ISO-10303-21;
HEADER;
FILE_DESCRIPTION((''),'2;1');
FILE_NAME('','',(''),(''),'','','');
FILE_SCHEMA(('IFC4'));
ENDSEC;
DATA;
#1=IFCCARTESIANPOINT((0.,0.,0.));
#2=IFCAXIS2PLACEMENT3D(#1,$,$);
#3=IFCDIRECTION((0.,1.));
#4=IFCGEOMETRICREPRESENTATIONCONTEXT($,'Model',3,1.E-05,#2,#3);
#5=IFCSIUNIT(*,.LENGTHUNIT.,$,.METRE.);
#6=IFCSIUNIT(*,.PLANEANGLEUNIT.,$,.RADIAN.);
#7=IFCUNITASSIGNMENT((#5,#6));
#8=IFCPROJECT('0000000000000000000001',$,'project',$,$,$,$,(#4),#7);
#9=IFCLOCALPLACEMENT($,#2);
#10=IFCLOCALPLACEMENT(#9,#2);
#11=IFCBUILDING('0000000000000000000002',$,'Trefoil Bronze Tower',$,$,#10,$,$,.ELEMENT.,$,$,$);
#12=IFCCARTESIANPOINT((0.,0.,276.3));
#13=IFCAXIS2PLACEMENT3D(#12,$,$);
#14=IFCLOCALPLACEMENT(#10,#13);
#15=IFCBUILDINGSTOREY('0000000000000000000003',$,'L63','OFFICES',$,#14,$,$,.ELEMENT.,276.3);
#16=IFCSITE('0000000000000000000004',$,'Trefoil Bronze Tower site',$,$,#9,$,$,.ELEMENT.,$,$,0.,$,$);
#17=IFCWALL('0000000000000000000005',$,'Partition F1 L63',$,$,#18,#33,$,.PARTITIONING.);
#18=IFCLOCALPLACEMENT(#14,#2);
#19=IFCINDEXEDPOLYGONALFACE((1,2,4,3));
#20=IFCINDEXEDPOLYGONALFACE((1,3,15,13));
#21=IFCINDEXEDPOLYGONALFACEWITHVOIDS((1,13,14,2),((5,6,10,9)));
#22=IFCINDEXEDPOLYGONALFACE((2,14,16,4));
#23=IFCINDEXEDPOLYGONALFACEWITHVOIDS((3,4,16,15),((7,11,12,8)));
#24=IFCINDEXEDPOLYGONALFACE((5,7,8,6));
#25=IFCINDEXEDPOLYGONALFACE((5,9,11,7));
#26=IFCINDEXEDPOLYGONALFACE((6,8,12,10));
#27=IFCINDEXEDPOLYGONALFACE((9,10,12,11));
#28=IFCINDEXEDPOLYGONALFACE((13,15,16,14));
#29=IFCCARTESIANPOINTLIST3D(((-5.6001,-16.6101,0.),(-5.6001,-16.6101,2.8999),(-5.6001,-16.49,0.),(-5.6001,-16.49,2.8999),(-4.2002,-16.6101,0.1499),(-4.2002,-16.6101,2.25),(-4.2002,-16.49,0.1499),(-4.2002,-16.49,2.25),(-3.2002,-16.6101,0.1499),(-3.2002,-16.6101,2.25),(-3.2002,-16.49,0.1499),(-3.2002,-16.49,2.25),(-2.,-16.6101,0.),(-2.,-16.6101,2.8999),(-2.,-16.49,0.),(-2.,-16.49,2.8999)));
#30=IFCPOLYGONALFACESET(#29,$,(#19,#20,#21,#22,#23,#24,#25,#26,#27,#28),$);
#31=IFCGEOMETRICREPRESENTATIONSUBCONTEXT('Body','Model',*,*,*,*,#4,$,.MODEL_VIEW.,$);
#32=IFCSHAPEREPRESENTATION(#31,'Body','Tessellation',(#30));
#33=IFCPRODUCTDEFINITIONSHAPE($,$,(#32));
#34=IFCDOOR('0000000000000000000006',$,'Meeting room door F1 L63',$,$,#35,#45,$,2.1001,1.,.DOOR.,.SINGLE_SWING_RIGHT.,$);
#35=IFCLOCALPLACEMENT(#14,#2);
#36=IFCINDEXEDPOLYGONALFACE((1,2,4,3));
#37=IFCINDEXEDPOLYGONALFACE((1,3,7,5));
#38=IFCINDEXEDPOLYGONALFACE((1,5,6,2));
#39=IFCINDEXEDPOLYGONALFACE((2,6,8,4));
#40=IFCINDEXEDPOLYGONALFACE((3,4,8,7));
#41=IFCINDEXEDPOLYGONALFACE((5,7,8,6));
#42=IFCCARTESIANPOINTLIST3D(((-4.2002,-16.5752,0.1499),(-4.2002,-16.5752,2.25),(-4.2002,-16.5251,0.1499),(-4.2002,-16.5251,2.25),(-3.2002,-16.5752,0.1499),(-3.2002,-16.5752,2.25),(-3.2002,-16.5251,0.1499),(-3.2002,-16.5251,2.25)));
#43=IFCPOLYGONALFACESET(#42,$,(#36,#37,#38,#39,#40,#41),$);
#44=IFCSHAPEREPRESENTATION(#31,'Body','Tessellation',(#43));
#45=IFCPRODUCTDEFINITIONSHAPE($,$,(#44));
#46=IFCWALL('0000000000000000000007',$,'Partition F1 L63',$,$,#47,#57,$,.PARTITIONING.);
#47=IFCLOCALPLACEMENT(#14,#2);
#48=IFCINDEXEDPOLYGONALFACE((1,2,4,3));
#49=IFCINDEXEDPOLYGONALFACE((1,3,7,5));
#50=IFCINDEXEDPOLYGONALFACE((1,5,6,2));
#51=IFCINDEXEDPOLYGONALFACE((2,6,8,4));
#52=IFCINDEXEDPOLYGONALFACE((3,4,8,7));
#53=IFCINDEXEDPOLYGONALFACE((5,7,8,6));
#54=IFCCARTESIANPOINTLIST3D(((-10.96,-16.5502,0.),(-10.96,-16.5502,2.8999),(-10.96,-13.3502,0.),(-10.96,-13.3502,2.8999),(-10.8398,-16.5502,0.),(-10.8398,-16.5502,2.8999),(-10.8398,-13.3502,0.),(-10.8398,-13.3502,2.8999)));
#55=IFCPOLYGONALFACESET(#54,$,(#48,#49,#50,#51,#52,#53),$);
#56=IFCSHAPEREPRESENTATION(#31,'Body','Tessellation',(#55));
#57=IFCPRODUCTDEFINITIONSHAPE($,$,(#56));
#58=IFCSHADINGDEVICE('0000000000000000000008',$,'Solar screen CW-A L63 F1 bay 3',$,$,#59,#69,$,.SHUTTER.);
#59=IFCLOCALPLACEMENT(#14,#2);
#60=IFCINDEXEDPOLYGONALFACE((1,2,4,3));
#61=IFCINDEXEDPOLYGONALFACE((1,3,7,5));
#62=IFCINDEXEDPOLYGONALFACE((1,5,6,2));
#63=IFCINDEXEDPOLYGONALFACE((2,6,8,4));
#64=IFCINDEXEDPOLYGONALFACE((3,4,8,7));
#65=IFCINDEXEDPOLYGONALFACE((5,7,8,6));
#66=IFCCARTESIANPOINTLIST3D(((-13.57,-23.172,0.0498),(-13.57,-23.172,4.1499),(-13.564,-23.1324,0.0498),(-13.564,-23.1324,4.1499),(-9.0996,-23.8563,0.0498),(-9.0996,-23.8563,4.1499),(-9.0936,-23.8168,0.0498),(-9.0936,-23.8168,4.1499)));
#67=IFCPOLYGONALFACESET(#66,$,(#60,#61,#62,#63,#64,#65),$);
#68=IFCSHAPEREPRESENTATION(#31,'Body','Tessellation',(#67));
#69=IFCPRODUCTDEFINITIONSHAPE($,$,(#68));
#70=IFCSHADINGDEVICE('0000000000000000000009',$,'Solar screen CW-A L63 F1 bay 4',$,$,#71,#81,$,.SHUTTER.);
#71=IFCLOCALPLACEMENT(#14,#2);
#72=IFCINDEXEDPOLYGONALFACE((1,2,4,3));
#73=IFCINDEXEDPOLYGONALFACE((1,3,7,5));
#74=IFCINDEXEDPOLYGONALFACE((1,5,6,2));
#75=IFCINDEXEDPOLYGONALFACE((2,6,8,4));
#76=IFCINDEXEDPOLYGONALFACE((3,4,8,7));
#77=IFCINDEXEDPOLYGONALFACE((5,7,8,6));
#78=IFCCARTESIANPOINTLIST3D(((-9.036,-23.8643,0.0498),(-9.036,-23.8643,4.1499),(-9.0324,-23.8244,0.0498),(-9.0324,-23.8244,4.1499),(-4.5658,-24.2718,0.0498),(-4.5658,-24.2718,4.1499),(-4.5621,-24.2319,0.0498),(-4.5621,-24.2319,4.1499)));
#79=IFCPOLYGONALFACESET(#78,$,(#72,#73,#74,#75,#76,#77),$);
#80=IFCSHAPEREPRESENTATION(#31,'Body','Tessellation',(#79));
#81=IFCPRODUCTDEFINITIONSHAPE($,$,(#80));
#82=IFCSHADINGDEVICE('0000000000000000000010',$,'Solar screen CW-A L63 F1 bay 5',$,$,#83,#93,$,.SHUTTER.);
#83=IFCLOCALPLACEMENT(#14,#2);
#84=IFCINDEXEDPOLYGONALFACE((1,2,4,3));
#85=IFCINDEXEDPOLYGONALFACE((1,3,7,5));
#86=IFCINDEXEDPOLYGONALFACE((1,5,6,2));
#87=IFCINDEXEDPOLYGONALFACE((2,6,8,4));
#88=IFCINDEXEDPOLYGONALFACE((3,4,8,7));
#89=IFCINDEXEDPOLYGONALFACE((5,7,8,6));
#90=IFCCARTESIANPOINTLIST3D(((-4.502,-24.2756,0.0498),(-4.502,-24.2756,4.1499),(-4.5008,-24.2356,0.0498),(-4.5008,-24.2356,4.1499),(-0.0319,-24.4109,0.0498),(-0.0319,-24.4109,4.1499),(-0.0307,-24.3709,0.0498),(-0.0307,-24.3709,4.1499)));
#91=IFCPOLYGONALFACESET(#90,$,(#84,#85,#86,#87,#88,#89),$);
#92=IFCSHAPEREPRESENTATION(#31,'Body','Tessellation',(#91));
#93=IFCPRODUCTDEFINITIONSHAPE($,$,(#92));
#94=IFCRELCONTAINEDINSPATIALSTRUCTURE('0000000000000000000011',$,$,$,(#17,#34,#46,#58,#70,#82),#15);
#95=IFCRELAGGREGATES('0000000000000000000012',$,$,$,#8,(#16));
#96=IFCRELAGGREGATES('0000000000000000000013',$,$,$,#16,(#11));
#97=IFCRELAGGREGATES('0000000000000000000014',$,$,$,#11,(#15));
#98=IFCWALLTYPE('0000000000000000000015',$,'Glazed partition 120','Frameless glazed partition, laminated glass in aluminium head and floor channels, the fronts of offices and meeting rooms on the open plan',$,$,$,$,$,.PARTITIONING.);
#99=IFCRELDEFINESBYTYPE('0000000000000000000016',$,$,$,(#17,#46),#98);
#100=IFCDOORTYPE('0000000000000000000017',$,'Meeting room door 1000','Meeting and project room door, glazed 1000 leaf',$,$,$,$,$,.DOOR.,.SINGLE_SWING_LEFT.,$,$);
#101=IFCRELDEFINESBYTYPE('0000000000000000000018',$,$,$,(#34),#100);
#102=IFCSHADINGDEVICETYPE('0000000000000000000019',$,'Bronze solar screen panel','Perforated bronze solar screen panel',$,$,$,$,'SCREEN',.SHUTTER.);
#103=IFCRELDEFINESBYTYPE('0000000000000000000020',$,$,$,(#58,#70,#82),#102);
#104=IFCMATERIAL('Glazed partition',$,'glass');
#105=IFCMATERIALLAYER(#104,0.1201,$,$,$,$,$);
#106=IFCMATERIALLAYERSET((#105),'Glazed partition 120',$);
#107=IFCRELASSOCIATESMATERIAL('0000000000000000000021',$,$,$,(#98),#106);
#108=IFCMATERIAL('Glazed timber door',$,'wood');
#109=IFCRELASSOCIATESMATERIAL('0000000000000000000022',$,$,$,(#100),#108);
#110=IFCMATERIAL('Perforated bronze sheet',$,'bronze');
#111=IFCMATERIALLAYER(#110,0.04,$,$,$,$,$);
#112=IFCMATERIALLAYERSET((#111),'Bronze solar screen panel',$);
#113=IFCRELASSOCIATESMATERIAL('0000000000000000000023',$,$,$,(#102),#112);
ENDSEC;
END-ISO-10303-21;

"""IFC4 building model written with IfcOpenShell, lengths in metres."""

from ifc_helpers import new_model, si_unit, direction, frame, frame_2d, origin, origin_2d, place, context, subcontext, project, spatial, rectangle, extrude, material, layer, layer_set, type_object, element, fill, save


model = new_model("IFC4")

# Units and contexts
model_context = context("Model", 3, precision=1e-05, world=origin(), true_north=direction((0.0, 1.0)))
body_context = subcontext(model_context, "Body", "Model", "MODEL_VIEW")
ifc_project = project(units=[si_unit("LENGTHUNIT", "METRE"), si_unit("PLANEANGLEUNIT", "RADIAN")], contexts=[model_context])

# Site, building, storey
site_placement = place(None, origin())
site = spatial("IfcSite", under=ifc_project, at=site_placement, Name="Trefoil Bronze Tower site", CompositionType="ELEMENT", RefElevation=0.0)
building_placement = place(site_placement, origin())
building = spatial("IfcBuilding", under=site, at=building_placement, Name="Trefoil Bronze Tower", CompositionType="ELEMENT")
storey_placement = place(building_placement, frame((0.0, 0.0, 276.3)))
storey = spatial("IfcBuildingStorey", under=building, at=storey_placement, Name="L63", Description="OFFICES", CompositionType="ELEMENT", Elevation=276.3)

# Wall, opening, door
ifc_material_1 = material(Name="Glazed partition", Category="glass")
ifc_layer_1 = layer(ifc_material_1, 0.1201)
ifc_layer_set_1 = layer_set([ifc_layer_1], Name="Glazed partition 120")
wall_type = type_object("IfcWallType", Name="Glazed partition 120", Description="Frameless glazed partition, laminated glass in aluminium head and floor channels, the fronts of offices and meeting rooms on the open plan", PredefinedType="PARTITIONING", material=ifc_layer_set_1)
wall_1_placement = place(storey_placement, frame((-5.6001, -16.55, 0.0), z_axis=(0.0, 0.0, 1.0), x_axis=(1.0, 0.0, 0.0)))
wall_1 = element("IfcWall", 1, at=wall_1_placement, inside=storey, type_object=wall_type, Name="Partition F1 L63", PredefinedType="PARTITIONING", context=body_context, shape_type="SweptSolid", body=[
    extrude(rectangle(XDim=3.6001, YDim=0.1201, at=frame_2d((1.8, 0.0))), origin(), (0.0, 0.0, 1.0), 2.8999),
])
opening_1_placement = place(wall_1_placement, frame((1.3999, 0.0, 0.1499)))
opening_1 = element("IfcOpeningElement", 2, at=opening_1_placement, cuts=wall_1, PredefinedType="OPENING", context=body_context, shape_type="SweptSolid", body=[
    extrude(rectangle(XDim=1.0, YDim=2.1001, at=frame_2d((0.5, 1.05))), frame((0.0, 0.0701, 0.0), z_axis=(0.0, -1.0, 0.0), x_axis=(1.0, 0.0, 0.0)), (0.0, 0.0, 1.0), 0.1401),
])
ifc_material_2 = material(Name="Glazed timber door", Category="wood")
door_type_1 = type_object("IfcDoorType", Name="Meeting room door 1000", Description="Meeting and project room door, glazed 1000 leaf", OperationType="SINGLE_SWING_LEFT", PredefinedType="DOOR", material=ifc_material_2)
door_1_placement = place(opening_1_placement, origin())
door_1 = element("IfcDoor", 3, at=door_1_placement, inside=storey, type_object=door_type_1, Name="Meeting room door F1 L63", OperationType="SINGLE_SWING_RIGHT", OverallHeight=2.1001, OverallWidth=1.0, PredefinedType="DOOR", context=body_context, shape_type="SweptSolid", body=[
    extrude(rectangle(XDim=1.0, YDim=2.1001, at=frame_2d((0.5, 1.05))), frame((0.0, 0.0249, 0.0), z_axis=(0.0, -1.0, 0.0), x_axis=(1.0, 0.0, 0.0)), (0.0, 0.0, 1.0), 0.05),
])
fill(opening_1, door_1)

# Wall
wall_2_placement = place(storey_placement, frame((-10.8999, -13.3501, 0.0), z_axis=(0.0, 0.0, 1.0), x_axis=(0.0, -1.0, 0.0)))
element("IfcWall", 4, at=wall_2_placement, inside=storey, type_object=wall_type, Name="Partition F1 L63", PredefinedType="PARTITIONING", context=body_context, shape_type="SweptSolid", body=[
    extrude(rectangle(XDim=3.2, YDim=0.1201, at=frame_2d((1.6001, 0.0))), origin(), (0.0, 0.0, 1.0), 2.8999),
])

# Shading devices
ifc_material_3 = material(Name="Perforated bronze sheet", Category="bronze")
ifc_layer_2 = layer(ifc_material_3, 0.04)
ifc_layer_set_2 = layer_set([ifc_layer_2], Name="Bronze solar screen panel")
shading_device_type = type_object("IfcShadingDeviceType", Name="Bronze solar screen panel", Description="Perforated bronze solar screen panel", ElementType="SCREEN", PredefinedType="SHUTTER", material=ifc_layer_set_2)
shading_device_1_placement = place(storey_placement, frame((-11.3318, -23.4944, 0.0498), z_axis=(0.0, 0.0, 1.0), x_axis=(0.988485, -0.151317, 0.0)))
element("IfcShadingDevice", 5, at=shading_device_1_placement, inside=storey, type_object=shading_device_type, Name="Solar screen CW-A L63 F1 bay 3", PredefinedType="SHUTTER", context=body_context, shape_type="SweptSolid", body=[
    extrude(rectangle(XDim=4.5225, YDim=0.04, at=origin_2d()), origin(), (0.0, 0.0, 1.0), 4.1001),
])
shading_device_2_placement = place(storey_placement, frame((-6.7991, -24.0481, 0.0498), z_axis=(0.0, 0.0, 1.0), x_axis=(0.99587, -0.090789, 0.0)))
element("IfcShadingDevice", 6, at=shading_device_2_placement, inside=storey, type_object=shading_device_type, Name="Solar screen CW-A L63 F1 bay 4", PredefinedType="SHUTTER", context=body_context, shape_type="SweptSolid", body=[
    extrude(rectangle(XDim=4.4888, YDim=0.04, at=origin_2d()), origin(), (0.0, 0.0, 1.0), 4.1001),
])
shading_device_3_placement = place(storey_placement, frame((-2.2664, -24.3232, 0.0498), z_axis=(0.0, 0.0, 1.0), x_axis=(0.999542, -0.030263, 0.0)))
element("IfcShadingDevice", 7, at=shading_device_3_placement, inside=storey, type_object=shading_device_type, Name="Solar screen CW-A L63 F1 bay 5", PredefinedType="SHUTTER", context=body_context, shape_type="SweptSolid", body=[
    extrude(rectangle(XDim=4.4722, YDim=0.04, at=origin_2d()), origin(), (0.0, 0.0, 1.0), 4.1001),
])

save(model, "model.ifc")
